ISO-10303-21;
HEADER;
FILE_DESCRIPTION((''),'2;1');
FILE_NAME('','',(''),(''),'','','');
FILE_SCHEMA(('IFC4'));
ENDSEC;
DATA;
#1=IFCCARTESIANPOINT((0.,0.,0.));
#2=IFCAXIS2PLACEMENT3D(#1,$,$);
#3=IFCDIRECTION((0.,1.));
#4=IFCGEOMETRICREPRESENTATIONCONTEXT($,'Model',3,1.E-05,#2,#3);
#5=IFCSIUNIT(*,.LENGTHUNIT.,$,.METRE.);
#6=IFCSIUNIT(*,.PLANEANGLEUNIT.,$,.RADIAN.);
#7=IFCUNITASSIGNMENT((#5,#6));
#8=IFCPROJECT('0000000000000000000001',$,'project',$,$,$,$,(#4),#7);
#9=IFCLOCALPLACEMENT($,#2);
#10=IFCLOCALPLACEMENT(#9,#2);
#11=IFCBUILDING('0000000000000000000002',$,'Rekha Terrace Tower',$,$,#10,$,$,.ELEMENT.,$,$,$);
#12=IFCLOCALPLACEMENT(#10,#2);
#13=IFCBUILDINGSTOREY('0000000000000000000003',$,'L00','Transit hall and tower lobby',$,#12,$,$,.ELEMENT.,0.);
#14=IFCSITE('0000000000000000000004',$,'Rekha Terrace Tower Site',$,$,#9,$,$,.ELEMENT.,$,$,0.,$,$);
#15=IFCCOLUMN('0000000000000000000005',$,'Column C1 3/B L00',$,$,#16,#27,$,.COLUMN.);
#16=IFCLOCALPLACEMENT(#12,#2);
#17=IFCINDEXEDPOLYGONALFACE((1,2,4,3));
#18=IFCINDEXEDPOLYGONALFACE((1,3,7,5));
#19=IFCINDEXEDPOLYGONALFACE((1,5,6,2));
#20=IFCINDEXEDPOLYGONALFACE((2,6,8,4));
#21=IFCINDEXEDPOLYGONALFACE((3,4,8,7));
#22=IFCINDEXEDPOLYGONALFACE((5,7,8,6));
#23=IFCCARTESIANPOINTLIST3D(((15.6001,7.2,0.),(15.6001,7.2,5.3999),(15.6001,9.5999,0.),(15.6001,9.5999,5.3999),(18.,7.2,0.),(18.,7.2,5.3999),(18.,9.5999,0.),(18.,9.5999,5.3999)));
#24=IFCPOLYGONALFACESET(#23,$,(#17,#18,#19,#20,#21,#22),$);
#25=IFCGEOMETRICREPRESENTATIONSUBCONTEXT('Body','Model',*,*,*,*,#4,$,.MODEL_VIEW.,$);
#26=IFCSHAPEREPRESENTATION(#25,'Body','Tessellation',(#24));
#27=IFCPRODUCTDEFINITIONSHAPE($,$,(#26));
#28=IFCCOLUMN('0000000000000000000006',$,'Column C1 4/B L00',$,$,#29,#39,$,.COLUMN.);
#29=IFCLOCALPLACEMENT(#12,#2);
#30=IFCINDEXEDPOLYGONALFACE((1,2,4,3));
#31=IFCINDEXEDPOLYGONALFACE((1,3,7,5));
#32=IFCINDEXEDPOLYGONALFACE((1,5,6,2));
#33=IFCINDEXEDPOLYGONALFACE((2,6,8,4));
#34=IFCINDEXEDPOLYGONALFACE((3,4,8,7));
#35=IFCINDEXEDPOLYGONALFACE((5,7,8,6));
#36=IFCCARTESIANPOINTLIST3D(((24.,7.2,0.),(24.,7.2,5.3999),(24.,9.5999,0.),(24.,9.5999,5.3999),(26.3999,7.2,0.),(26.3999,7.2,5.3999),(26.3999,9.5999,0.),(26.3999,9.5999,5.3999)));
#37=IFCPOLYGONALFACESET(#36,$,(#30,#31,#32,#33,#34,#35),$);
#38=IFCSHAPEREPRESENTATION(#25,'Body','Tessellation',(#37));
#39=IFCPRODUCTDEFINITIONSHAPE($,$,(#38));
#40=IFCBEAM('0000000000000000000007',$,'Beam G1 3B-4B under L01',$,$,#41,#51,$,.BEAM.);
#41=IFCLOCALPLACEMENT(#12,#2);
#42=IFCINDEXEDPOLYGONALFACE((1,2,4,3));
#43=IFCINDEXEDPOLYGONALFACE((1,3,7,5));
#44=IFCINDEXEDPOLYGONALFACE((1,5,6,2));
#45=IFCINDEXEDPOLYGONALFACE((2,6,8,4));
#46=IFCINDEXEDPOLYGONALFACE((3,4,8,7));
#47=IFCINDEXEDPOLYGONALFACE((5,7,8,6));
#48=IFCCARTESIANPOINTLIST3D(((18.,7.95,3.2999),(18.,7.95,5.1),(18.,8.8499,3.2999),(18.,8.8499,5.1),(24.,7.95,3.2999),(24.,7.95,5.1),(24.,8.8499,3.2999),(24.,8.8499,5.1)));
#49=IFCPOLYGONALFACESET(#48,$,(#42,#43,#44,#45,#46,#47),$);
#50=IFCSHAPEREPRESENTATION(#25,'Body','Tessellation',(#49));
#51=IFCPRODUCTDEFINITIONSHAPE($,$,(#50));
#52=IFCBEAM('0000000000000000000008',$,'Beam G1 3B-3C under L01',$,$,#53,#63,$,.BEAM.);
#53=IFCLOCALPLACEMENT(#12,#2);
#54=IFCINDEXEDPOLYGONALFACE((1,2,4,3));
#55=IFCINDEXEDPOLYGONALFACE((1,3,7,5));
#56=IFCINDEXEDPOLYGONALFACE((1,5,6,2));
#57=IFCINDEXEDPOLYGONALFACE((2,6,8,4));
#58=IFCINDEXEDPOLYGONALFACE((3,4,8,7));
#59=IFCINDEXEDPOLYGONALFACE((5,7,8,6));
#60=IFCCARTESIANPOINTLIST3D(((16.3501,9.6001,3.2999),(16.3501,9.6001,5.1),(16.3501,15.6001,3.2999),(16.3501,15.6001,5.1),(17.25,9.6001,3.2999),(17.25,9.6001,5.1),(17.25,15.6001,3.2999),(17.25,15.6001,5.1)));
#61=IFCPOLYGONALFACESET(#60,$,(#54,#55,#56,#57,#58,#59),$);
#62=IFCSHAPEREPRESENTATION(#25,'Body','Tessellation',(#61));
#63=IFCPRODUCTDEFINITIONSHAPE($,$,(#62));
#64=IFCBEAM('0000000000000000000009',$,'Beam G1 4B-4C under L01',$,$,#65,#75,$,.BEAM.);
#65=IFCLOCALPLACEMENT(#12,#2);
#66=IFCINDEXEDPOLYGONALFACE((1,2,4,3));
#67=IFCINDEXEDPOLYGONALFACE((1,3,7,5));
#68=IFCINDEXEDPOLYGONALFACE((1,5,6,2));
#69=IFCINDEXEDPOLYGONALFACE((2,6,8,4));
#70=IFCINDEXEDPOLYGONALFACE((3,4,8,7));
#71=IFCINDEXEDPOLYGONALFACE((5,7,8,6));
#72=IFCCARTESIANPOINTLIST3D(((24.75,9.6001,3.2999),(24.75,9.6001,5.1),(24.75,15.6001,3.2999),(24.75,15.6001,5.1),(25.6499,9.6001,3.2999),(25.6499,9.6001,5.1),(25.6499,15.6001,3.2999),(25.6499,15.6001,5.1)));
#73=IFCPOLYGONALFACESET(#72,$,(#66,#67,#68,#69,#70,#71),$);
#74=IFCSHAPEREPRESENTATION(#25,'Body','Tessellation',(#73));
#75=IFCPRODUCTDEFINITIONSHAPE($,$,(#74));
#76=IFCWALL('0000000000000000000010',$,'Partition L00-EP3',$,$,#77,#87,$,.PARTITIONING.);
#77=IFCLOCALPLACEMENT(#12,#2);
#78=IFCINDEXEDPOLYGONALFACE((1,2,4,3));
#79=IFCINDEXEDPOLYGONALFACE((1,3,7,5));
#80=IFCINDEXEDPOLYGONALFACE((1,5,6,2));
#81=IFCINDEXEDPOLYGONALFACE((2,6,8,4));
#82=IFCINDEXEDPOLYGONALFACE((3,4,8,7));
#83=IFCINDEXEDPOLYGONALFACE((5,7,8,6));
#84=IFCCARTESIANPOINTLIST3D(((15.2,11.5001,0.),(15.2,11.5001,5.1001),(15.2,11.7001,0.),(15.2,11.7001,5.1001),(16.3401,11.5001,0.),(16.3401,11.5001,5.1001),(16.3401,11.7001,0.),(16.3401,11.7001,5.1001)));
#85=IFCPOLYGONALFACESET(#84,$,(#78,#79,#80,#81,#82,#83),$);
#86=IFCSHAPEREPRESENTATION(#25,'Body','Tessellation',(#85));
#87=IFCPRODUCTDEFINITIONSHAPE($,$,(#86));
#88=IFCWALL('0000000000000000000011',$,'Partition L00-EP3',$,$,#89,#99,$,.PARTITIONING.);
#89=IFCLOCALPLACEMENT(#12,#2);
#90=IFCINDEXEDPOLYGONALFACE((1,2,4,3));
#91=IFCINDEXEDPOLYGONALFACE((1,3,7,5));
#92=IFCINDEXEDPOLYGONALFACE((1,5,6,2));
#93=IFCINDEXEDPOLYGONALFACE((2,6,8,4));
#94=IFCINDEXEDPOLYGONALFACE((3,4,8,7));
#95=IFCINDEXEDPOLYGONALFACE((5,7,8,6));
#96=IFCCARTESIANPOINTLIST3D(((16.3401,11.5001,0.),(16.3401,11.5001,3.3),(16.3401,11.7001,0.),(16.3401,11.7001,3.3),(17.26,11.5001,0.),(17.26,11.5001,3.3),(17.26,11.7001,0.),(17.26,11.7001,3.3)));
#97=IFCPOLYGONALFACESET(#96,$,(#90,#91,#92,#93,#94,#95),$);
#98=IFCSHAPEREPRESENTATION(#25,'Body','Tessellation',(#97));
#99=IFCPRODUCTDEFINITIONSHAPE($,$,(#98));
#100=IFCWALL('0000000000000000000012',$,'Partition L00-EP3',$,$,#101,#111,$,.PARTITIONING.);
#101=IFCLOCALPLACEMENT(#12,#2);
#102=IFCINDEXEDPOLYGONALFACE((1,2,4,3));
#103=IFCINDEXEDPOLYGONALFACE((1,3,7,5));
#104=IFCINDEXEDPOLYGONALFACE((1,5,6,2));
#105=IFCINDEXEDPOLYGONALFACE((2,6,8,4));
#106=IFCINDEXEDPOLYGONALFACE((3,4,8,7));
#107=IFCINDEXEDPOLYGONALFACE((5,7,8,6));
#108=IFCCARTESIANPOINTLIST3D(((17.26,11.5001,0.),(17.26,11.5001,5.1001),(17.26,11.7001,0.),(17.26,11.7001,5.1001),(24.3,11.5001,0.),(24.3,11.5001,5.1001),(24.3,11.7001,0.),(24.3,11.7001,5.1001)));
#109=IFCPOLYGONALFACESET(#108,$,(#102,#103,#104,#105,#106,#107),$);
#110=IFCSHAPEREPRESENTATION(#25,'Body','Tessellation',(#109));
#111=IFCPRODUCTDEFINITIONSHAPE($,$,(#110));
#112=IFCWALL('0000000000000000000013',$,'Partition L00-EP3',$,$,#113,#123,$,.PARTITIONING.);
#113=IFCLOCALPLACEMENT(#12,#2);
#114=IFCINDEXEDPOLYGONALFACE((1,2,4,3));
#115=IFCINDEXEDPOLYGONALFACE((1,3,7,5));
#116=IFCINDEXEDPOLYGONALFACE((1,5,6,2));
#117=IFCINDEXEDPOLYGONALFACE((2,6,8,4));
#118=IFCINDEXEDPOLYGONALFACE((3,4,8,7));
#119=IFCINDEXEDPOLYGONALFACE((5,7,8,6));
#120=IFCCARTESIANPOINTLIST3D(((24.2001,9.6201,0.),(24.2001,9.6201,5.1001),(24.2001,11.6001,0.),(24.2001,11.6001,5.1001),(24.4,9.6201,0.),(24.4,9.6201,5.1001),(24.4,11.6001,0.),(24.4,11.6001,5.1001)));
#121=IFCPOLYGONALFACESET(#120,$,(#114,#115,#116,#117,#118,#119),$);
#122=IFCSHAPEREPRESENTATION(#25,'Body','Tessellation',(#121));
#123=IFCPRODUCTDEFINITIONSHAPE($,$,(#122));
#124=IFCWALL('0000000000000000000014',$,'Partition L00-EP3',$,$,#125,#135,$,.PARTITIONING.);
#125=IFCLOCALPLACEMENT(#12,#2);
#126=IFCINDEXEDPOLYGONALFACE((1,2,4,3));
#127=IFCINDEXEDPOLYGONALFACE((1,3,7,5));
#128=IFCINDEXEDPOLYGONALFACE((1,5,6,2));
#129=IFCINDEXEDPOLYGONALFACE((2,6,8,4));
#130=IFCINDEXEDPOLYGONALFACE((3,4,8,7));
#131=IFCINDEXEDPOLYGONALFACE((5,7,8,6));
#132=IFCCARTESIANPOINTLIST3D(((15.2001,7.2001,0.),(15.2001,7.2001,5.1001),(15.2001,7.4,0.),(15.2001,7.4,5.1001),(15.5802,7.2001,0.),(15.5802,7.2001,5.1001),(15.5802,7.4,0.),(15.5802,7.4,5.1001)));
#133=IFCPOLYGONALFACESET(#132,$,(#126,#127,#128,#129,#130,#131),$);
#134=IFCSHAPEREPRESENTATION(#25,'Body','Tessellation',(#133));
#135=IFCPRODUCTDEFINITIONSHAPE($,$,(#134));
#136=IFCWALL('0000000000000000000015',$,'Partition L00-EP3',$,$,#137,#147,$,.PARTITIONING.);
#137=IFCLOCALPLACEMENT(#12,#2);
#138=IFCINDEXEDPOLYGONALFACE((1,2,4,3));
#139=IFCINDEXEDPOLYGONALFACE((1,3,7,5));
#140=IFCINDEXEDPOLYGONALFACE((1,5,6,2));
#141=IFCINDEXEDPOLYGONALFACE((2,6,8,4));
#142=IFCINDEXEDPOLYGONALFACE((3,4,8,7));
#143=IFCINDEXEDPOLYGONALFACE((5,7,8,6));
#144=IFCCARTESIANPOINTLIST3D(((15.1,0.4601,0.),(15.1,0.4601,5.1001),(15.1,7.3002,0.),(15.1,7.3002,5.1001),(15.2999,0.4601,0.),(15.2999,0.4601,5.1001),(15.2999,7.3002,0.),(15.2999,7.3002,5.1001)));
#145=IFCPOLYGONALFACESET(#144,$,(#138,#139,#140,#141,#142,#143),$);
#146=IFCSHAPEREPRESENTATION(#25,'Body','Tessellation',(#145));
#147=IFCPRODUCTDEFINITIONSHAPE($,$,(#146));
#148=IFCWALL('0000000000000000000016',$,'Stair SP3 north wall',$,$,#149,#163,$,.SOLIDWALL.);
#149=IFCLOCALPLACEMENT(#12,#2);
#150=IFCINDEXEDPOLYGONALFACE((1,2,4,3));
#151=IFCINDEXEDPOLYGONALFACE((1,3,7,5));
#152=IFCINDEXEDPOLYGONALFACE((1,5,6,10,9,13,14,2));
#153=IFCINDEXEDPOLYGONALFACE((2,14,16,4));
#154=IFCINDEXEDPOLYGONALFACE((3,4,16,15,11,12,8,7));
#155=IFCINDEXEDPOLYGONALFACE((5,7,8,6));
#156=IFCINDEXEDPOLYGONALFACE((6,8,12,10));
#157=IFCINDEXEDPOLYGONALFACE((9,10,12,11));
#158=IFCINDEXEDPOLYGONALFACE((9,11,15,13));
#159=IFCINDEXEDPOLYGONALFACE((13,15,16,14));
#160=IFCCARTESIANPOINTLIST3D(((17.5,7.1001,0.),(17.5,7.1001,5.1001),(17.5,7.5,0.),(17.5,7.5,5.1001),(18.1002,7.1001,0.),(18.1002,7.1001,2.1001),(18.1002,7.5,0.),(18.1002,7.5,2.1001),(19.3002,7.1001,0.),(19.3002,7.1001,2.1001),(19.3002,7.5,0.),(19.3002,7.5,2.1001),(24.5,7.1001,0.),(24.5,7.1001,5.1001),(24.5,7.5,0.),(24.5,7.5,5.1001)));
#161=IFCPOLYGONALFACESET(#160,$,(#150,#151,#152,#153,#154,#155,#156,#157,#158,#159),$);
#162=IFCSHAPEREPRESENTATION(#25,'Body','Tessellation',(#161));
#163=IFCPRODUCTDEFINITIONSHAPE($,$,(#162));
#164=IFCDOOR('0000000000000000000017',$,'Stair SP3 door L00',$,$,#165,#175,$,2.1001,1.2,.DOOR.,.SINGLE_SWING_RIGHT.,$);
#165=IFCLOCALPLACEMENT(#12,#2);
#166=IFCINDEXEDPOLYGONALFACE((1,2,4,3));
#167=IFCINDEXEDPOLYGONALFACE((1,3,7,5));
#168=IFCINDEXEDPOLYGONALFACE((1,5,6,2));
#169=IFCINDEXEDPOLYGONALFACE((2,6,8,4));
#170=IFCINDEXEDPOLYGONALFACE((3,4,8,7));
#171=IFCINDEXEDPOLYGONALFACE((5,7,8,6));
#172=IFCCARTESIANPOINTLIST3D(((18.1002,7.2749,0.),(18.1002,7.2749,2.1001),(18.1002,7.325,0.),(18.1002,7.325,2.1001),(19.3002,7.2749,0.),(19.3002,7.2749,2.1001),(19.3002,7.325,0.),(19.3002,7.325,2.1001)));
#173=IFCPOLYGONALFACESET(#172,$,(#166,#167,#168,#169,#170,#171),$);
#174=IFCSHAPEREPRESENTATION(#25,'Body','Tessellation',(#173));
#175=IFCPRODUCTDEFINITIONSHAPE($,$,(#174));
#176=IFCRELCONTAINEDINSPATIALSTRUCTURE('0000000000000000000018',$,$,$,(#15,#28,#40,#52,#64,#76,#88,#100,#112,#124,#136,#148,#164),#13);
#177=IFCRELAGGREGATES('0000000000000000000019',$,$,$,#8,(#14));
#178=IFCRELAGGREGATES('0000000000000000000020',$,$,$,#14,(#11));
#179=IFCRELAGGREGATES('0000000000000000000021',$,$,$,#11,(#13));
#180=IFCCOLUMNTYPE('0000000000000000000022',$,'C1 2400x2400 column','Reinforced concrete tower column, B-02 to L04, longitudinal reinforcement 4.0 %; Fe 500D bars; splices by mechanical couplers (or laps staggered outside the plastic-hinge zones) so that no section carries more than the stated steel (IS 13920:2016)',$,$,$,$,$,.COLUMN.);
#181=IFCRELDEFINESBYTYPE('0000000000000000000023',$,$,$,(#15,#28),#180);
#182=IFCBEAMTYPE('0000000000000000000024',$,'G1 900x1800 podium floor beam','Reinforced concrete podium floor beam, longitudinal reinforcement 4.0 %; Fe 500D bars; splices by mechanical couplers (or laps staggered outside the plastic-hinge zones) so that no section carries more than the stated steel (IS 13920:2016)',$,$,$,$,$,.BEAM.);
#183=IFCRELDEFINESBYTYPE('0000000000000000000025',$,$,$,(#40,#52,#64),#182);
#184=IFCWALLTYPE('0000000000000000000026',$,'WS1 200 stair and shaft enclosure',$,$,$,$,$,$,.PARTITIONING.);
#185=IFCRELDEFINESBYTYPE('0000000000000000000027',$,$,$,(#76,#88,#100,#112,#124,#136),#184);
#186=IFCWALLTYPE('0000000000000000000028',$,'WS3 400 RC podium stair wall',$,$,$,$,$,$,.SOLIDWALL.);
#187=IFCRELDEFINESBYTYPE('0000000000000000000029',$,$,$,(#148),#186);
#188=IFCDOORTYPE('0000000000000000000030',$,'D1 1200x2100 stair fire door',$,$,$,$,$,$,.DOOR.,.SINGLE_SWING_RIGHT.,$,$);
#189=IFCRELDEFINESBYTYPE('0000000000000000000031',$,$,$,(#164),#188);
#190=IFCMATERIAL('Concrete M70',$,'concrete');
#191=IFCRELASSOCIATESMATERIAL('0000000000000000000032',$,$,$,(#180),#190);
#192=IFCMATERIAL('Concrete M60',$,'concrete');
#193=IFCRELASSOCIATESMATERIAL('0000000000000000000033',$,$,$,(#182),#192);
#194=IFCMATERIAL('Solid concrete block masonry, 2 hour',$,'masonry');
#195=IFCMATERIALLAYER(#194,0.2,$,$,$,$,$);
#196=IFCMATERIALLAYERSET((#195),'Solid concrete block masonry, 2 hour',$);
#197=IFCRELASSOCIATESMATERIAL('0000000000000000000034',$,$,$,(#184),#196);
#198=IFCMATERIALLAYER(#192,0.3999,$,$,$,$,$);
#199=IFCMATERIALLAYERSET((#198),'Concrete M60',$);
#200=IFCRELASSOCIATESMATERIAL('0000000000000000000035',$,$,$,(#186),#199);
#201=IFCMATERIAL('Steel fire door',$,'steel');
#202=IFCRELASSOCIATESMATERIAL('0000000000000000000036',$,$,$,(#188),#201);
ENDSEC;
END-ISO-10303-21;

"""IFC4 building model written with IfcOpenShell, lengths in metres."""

from ifc_helpers import new_model, si_unit, direction, frame, frame_2d, origin, origin_2d, place, context, subcontext, project, spatial, rectangle, extrude, material, layer, layer_set, material_profile, profile_set, type_object, element, fill, save


model = new_model("IFC4")

# Units and contexts
model_context = context("Model", 3, precision=1e-05, world=origin(), true_north=direction((0.0, 1.0)))
body_context = subcontext(model_context, "Body", "Model", "MODEL_VIEW")
ifc_project = project(units=[si_unit("LENGTHUNIT", "METRE"), si_unit("PLANEANGLEUNIT", "RADIAN")], contexts=[model_context])

# Site, building, storey
site_placement = place(None, origin())
site = spatial("IfcSite", under=ifc_project, at=site_placement, Name="Rekha Terrace Tower Site", CompositionType="ELEMENT", RefElevation=0.0)
building_placement = place(site_placement, origin())
building = spatial("IfcBuilding", under=site, at=building_placement, Name="Rekha Terrace Tower", CompositionType="ELEMENT")
storey_placement = place(building_placement, origin())
storey = spatial("IfcBuildingStorey", under=building, at=storey_placement, Name="L00", Description="Transit hall and tower lobby", CompositionType="ELEMENT", Elevation=0.0)

# Columns
ifc_material_1 = material(Name="Concrete M70", Category="concrete")
ifc_material_profile_1 = material_profile(ifc_material_1, rectangle(XDim=2.3999, YDim=2.3999, at=origin_2d()), Name="RC 2400x2400")
ifc_profile_set_1 = profile_set([ifc_material_profile_1], Name="Concrete M70")
column_type = type_object("IfcColumnType", Name="C1 2400x2400 column", Description="Reinforced concrete tower column, B-02 to L04, longitudinal reinforcement 4.0 %; Fe 500D bars; splices by mechanical couplers (or laps staggered outside the plastic-hinge zones) so that no section carries more than the stated steel (IS 13920:2016)", PredefinedType="COLUMN", material=ifc_profile_set_1)
for number, where, z_axis, x_axis, name in (
    (1, (16.8, 8.3999, 0.0), (0.0, 0.0, 1.0), (1.0, 0.0, 0.0), "Column C1 3/B L00"),
    (2, (25.2, 8.3999, 0.0), (0.0, 0.0, 1.0), (1.0, 0.0, 0.0), "Column C1 4/B L00"),
):
    element("IfcColumn", number, at=place(storey_placement, frame(where, z_axis=z_axis, x_axis=x_axis)), inside=storey, type_object=column_type, Name=name, PredefinedType="COLUMN", context=body_context, shape_type="SweptSolid", body=[
        extrude(rectangle(XDim=2.3999, YDim=2.3999, at=origin_2d()), origin(), (0.0, 0.0, 1.0), 5.3999),
    ])

# Beams
ifc_material_2 = material(Name="Concrete M60", Category="concrete")
ifc_material_profile_2 = material_profile(ifc_material_2, rectangle(XDim=0.8999, YDim=1.8, at=origin_2d()), Name="RC 900x1800")
ifc_profile_set_2 = profile_set([ifc_material_profile_2], Name="Concrete M60")
beam_type = type_object("IfcBeamType", Name="G1 900x1800 podium floor beam", Description="Reinforced concrete podium floor beam, longitudinal reinforcement 4.0 %; Fe 500D bars; splices by mechanical couplers (or laps staggered outside the plastic-hinge zones) so that no section carries more than the stated steel (IS 13920:2016)", PredefinedType="BEAM", material=ifc_profile_set_2)
for number, where, z_axis, x_axis, name in (
    (3, (18.0, 8.3999, 4.2), (1.0, 0.0, 0.0), (0.0, 1.0, 0.0), "Beam G1 3B-4B under L01"),
    (4, (16.8, 9.6001, 4.2), (0.0, 1.0, 0.0), (-1.0, 0.0, 0.0), "Beam G1 3B-3C under L01"),
    (5, (25.2, 9.6001, 4.2), (0.0, 1.0, 0.0), (-1.0, 0.0, 0.0), "Beam G1 4B-4C under L01"),
):
    element("IfcBeam", number, at=place(storey_placement, frame(where, z_axis=z_axis, x_axis=x_axis)), inside=storey, type_object=beam_type, Name=name, PredefinedType="BEAM", context=body_context, shape_type="SweptSolid", body=[
        extrude(rectangle(XDim=0.8999, YDim=1.8, at=origin_2d()), origin(), (0.0, 0.0, 1.0), 6.0),
    ])

# Walls
ifc_material_3 = material(Name="Solid concrete block masonry, 2 hour", Category="masonry")
ifc_layer_1 = layer(ifc_material_3, 0.2)
ifc_layer_set_1 = layer_set([ifc_layer_1], Name="Solid concrete block masonry, 2 hour")
wall_type_1 = type_object("IfcWallType", Name="WS1 200 stair and shaft enclosure", PredefinedType="PARTITIONING", material=ifc_layer_set_1)
wall_1_placement = place(storey_placement, frame((15.2, 11.6001, 0.0), z_axis=(0.0, 0.0, 1.0), x_axis=(1.0, 0.0, 0.0)))
element("IfcWall", 6, at=wall_1_placement, inside=storey, type_object=wall_type_1, Name="Partition L00-EP3", PredefinedType="PARTITIONING", context=body_context, shape_type="SweptSolid", body=[
    extrude(rectangle(XDim=1.1401, YDim=0.2, at=frame_2d((0.5701, 0.0))), origin(), (0.0, 0.0, 1.0), 5.1001),
])
wall_2_placement = place(storey_placement, frame((16.3401, 11.6001, 0.0), z_axis=(0.0, 0.0, 1.0), x_axis=(1.0, 0.0, 0.0)))
element("IfcWall", 7, at=wall_2_placement, inside=storey, type_object=wall_type_1, Name="Partition L00-EP3", PredefinedType="PARTITIONING", context=body_context, shape_type="SweptSolid", body=[
    extrude(rectangle(XDim=0.9199, YDim=0.2, at=frame_2d((0.46, 0.0))), origin(), (0.0, 0.0, 1.0), 3.3),
])
wall_3_placement = place(storey_placement, frame((17.26, 11.6001, 0.0), z_axis=(0.0, 0.0, 1.0), x_axis=(1.0, 0.0, 0.0)))
element("IfcWall", 8, at=wall_3_placement, inside=storey, type_object=wall_type_1, Name="Partition L00-EP3", PredefinedType="PARTITIONING", context=body_context, shape_type="SweptSolid", body=[
    extrude(rectangle(XDim=7.04, YDim=0.2, at=frame_2d((3.52, 0.0))), origin(), (0.0, 0.0, 1.0), 5.1001),
])
wall_4_placement = place(storey_placement, frame((24.3, 11.6001, 0.0), z_axis=(0.0, 0.0, 1.0), x_axis=(0.0, -1.0, 0.0)))
element("IfcWall", 9, at=wall_4_placement, inside=storey, type_object=wall_type_1, Name="Partition L00-EP3", PredefinedType="PARTITIONING", context=body_context, shape_type="SweptSolid", body=[
    extrude(rectangle(XDim=1.98, YDim=0.2, at=frame_2d((0.99, 0.0))), origin(), (0.0, 0.0, 1.0), 5.1001),
])
wall_5_placement = place(storey_placement, frame((15.5801, 7.3, 0.0), z_axis=(0.0, 0.0, 1.0), x_axis=(-1.0, 0.0, 0.0)))
element("IfcWall", 10, at=wall_5_placement, inside=storey, type_object=wall_type_1, Name="Partition L00-EP3", PredefinedType="PARTITIONING", context=body_context, shape_type="SweptSolid", body=[
    extrude(rectangle(XDim=0.3801, YDim=0.2, at=frame_2d((0.1899, 0.0))), origin(), (0.0, 0.0, 1.0), 5.1001),
])
wall_6_placement = place(storey_placement, frame((15.2, 7.3, 0.0), z_axis=(0.0, 0.0, 1.0), x_axis=(0.0, -1.0, 0.0)))
element("IfcWall", 11, at=wall_6_placement, inside=storey, type_object=wall_type_1, Name="Partition L00-EP3", PredefinedType="PARTITIONING", context=body_context, shape_type="SweptSolid", body=[
    extrude(rectangle(XDim=6.8401, YDim=0.2, at=frame_2d((3.4199, 0.0))), origin(), (0.0, 0.0, 1.0), 5.1001),
])

# Wall, opening, door
ifc_layer_2 = layer(ifc_material_2, 0.3999)
ifc_layer_set_2 = layer_set([ifc_layer_2], Name="Concrete M60")
wall_type_2 = type_object("IfcWallType", Name="WS3 400 RC podium stair wall", PredefinedType="SOLIDWALL", material=ifc_layer_set_2)
wall_7_placement = place(storey_placement, frame((17.5, 7.3, 0.0), z_axis=(0.0, 0.0, 1.0), x_axis=(1.0, 0.0, 0.0)))
wall_7 = element("IfcWall", 12, at=wall_7_placement, inside=storey, type_object=wall_type_2, Name="Stair SP3 north wall", PredefinedType="SOLIDWALL", context=body_context, shape_type="SweptSolid", body=[
    extrude(rectangle(XDim=7.0, YDim=0.3999, at=frame_2d((3.5, 0.0))), origin(), (0.0, 0.0, 1.0), 5.1001),
])
opening_placement = place(wall_7_placement, frame((0.6001, 0.0, 0.0)))
opening = element("IfcOpeningElement", 13, at=opening_placement, cuts=wall_7, PredefinedType="OPENING", context=body_context, shape_type="SweptSolid", body=[
    extrude(rectangle(XDim=1.2, YDim=2.1001, at=frame_2d((0.6001, 1.05))), frame((0.0, 0.21, 0.0), z_axis=(0.0, -1.0, 0.0), x_axis=(1.0, 0.0, 0.0)), (0.0, 0.0, 1.0), 0.4199),
])
ifc_material_4 = material(Name="Steel fire door", Category="steel")
door_type = type_object("IfcDoorType", Name="D1 1200x2100 stair fire door", OperationType="SINGLE_SWING_RIGHT", PredefinedType="DOOR", material=ifc_material_4)
door_placement = place(opening_placement, origin())
door = element("IfcDoor", 14, at=door_placement, inside=storey, type_object=door_type, Name="Stair SP3 door L00", OperationType="SINGLE_SWING_RIGHT", OverallHeight=2.1001, OverallWidth=1.2, PredefinedType="DOOR", context=body_context, shape_type="SweptSolid", body=[
    extrude(rectangle(XDim=1.2, YDim=2.1001, at=frame_2d((0.6001, 1.05))), frame((0.0, 0.0249, 0.0), z_axis=(0.0, -1.0, 0.0), x_axis=(1.0, 0.0, 0.0)), (0.0, 0.0, 1.0), 0.05),
])
fill(opening, door)

save(model, "model.ifc")
